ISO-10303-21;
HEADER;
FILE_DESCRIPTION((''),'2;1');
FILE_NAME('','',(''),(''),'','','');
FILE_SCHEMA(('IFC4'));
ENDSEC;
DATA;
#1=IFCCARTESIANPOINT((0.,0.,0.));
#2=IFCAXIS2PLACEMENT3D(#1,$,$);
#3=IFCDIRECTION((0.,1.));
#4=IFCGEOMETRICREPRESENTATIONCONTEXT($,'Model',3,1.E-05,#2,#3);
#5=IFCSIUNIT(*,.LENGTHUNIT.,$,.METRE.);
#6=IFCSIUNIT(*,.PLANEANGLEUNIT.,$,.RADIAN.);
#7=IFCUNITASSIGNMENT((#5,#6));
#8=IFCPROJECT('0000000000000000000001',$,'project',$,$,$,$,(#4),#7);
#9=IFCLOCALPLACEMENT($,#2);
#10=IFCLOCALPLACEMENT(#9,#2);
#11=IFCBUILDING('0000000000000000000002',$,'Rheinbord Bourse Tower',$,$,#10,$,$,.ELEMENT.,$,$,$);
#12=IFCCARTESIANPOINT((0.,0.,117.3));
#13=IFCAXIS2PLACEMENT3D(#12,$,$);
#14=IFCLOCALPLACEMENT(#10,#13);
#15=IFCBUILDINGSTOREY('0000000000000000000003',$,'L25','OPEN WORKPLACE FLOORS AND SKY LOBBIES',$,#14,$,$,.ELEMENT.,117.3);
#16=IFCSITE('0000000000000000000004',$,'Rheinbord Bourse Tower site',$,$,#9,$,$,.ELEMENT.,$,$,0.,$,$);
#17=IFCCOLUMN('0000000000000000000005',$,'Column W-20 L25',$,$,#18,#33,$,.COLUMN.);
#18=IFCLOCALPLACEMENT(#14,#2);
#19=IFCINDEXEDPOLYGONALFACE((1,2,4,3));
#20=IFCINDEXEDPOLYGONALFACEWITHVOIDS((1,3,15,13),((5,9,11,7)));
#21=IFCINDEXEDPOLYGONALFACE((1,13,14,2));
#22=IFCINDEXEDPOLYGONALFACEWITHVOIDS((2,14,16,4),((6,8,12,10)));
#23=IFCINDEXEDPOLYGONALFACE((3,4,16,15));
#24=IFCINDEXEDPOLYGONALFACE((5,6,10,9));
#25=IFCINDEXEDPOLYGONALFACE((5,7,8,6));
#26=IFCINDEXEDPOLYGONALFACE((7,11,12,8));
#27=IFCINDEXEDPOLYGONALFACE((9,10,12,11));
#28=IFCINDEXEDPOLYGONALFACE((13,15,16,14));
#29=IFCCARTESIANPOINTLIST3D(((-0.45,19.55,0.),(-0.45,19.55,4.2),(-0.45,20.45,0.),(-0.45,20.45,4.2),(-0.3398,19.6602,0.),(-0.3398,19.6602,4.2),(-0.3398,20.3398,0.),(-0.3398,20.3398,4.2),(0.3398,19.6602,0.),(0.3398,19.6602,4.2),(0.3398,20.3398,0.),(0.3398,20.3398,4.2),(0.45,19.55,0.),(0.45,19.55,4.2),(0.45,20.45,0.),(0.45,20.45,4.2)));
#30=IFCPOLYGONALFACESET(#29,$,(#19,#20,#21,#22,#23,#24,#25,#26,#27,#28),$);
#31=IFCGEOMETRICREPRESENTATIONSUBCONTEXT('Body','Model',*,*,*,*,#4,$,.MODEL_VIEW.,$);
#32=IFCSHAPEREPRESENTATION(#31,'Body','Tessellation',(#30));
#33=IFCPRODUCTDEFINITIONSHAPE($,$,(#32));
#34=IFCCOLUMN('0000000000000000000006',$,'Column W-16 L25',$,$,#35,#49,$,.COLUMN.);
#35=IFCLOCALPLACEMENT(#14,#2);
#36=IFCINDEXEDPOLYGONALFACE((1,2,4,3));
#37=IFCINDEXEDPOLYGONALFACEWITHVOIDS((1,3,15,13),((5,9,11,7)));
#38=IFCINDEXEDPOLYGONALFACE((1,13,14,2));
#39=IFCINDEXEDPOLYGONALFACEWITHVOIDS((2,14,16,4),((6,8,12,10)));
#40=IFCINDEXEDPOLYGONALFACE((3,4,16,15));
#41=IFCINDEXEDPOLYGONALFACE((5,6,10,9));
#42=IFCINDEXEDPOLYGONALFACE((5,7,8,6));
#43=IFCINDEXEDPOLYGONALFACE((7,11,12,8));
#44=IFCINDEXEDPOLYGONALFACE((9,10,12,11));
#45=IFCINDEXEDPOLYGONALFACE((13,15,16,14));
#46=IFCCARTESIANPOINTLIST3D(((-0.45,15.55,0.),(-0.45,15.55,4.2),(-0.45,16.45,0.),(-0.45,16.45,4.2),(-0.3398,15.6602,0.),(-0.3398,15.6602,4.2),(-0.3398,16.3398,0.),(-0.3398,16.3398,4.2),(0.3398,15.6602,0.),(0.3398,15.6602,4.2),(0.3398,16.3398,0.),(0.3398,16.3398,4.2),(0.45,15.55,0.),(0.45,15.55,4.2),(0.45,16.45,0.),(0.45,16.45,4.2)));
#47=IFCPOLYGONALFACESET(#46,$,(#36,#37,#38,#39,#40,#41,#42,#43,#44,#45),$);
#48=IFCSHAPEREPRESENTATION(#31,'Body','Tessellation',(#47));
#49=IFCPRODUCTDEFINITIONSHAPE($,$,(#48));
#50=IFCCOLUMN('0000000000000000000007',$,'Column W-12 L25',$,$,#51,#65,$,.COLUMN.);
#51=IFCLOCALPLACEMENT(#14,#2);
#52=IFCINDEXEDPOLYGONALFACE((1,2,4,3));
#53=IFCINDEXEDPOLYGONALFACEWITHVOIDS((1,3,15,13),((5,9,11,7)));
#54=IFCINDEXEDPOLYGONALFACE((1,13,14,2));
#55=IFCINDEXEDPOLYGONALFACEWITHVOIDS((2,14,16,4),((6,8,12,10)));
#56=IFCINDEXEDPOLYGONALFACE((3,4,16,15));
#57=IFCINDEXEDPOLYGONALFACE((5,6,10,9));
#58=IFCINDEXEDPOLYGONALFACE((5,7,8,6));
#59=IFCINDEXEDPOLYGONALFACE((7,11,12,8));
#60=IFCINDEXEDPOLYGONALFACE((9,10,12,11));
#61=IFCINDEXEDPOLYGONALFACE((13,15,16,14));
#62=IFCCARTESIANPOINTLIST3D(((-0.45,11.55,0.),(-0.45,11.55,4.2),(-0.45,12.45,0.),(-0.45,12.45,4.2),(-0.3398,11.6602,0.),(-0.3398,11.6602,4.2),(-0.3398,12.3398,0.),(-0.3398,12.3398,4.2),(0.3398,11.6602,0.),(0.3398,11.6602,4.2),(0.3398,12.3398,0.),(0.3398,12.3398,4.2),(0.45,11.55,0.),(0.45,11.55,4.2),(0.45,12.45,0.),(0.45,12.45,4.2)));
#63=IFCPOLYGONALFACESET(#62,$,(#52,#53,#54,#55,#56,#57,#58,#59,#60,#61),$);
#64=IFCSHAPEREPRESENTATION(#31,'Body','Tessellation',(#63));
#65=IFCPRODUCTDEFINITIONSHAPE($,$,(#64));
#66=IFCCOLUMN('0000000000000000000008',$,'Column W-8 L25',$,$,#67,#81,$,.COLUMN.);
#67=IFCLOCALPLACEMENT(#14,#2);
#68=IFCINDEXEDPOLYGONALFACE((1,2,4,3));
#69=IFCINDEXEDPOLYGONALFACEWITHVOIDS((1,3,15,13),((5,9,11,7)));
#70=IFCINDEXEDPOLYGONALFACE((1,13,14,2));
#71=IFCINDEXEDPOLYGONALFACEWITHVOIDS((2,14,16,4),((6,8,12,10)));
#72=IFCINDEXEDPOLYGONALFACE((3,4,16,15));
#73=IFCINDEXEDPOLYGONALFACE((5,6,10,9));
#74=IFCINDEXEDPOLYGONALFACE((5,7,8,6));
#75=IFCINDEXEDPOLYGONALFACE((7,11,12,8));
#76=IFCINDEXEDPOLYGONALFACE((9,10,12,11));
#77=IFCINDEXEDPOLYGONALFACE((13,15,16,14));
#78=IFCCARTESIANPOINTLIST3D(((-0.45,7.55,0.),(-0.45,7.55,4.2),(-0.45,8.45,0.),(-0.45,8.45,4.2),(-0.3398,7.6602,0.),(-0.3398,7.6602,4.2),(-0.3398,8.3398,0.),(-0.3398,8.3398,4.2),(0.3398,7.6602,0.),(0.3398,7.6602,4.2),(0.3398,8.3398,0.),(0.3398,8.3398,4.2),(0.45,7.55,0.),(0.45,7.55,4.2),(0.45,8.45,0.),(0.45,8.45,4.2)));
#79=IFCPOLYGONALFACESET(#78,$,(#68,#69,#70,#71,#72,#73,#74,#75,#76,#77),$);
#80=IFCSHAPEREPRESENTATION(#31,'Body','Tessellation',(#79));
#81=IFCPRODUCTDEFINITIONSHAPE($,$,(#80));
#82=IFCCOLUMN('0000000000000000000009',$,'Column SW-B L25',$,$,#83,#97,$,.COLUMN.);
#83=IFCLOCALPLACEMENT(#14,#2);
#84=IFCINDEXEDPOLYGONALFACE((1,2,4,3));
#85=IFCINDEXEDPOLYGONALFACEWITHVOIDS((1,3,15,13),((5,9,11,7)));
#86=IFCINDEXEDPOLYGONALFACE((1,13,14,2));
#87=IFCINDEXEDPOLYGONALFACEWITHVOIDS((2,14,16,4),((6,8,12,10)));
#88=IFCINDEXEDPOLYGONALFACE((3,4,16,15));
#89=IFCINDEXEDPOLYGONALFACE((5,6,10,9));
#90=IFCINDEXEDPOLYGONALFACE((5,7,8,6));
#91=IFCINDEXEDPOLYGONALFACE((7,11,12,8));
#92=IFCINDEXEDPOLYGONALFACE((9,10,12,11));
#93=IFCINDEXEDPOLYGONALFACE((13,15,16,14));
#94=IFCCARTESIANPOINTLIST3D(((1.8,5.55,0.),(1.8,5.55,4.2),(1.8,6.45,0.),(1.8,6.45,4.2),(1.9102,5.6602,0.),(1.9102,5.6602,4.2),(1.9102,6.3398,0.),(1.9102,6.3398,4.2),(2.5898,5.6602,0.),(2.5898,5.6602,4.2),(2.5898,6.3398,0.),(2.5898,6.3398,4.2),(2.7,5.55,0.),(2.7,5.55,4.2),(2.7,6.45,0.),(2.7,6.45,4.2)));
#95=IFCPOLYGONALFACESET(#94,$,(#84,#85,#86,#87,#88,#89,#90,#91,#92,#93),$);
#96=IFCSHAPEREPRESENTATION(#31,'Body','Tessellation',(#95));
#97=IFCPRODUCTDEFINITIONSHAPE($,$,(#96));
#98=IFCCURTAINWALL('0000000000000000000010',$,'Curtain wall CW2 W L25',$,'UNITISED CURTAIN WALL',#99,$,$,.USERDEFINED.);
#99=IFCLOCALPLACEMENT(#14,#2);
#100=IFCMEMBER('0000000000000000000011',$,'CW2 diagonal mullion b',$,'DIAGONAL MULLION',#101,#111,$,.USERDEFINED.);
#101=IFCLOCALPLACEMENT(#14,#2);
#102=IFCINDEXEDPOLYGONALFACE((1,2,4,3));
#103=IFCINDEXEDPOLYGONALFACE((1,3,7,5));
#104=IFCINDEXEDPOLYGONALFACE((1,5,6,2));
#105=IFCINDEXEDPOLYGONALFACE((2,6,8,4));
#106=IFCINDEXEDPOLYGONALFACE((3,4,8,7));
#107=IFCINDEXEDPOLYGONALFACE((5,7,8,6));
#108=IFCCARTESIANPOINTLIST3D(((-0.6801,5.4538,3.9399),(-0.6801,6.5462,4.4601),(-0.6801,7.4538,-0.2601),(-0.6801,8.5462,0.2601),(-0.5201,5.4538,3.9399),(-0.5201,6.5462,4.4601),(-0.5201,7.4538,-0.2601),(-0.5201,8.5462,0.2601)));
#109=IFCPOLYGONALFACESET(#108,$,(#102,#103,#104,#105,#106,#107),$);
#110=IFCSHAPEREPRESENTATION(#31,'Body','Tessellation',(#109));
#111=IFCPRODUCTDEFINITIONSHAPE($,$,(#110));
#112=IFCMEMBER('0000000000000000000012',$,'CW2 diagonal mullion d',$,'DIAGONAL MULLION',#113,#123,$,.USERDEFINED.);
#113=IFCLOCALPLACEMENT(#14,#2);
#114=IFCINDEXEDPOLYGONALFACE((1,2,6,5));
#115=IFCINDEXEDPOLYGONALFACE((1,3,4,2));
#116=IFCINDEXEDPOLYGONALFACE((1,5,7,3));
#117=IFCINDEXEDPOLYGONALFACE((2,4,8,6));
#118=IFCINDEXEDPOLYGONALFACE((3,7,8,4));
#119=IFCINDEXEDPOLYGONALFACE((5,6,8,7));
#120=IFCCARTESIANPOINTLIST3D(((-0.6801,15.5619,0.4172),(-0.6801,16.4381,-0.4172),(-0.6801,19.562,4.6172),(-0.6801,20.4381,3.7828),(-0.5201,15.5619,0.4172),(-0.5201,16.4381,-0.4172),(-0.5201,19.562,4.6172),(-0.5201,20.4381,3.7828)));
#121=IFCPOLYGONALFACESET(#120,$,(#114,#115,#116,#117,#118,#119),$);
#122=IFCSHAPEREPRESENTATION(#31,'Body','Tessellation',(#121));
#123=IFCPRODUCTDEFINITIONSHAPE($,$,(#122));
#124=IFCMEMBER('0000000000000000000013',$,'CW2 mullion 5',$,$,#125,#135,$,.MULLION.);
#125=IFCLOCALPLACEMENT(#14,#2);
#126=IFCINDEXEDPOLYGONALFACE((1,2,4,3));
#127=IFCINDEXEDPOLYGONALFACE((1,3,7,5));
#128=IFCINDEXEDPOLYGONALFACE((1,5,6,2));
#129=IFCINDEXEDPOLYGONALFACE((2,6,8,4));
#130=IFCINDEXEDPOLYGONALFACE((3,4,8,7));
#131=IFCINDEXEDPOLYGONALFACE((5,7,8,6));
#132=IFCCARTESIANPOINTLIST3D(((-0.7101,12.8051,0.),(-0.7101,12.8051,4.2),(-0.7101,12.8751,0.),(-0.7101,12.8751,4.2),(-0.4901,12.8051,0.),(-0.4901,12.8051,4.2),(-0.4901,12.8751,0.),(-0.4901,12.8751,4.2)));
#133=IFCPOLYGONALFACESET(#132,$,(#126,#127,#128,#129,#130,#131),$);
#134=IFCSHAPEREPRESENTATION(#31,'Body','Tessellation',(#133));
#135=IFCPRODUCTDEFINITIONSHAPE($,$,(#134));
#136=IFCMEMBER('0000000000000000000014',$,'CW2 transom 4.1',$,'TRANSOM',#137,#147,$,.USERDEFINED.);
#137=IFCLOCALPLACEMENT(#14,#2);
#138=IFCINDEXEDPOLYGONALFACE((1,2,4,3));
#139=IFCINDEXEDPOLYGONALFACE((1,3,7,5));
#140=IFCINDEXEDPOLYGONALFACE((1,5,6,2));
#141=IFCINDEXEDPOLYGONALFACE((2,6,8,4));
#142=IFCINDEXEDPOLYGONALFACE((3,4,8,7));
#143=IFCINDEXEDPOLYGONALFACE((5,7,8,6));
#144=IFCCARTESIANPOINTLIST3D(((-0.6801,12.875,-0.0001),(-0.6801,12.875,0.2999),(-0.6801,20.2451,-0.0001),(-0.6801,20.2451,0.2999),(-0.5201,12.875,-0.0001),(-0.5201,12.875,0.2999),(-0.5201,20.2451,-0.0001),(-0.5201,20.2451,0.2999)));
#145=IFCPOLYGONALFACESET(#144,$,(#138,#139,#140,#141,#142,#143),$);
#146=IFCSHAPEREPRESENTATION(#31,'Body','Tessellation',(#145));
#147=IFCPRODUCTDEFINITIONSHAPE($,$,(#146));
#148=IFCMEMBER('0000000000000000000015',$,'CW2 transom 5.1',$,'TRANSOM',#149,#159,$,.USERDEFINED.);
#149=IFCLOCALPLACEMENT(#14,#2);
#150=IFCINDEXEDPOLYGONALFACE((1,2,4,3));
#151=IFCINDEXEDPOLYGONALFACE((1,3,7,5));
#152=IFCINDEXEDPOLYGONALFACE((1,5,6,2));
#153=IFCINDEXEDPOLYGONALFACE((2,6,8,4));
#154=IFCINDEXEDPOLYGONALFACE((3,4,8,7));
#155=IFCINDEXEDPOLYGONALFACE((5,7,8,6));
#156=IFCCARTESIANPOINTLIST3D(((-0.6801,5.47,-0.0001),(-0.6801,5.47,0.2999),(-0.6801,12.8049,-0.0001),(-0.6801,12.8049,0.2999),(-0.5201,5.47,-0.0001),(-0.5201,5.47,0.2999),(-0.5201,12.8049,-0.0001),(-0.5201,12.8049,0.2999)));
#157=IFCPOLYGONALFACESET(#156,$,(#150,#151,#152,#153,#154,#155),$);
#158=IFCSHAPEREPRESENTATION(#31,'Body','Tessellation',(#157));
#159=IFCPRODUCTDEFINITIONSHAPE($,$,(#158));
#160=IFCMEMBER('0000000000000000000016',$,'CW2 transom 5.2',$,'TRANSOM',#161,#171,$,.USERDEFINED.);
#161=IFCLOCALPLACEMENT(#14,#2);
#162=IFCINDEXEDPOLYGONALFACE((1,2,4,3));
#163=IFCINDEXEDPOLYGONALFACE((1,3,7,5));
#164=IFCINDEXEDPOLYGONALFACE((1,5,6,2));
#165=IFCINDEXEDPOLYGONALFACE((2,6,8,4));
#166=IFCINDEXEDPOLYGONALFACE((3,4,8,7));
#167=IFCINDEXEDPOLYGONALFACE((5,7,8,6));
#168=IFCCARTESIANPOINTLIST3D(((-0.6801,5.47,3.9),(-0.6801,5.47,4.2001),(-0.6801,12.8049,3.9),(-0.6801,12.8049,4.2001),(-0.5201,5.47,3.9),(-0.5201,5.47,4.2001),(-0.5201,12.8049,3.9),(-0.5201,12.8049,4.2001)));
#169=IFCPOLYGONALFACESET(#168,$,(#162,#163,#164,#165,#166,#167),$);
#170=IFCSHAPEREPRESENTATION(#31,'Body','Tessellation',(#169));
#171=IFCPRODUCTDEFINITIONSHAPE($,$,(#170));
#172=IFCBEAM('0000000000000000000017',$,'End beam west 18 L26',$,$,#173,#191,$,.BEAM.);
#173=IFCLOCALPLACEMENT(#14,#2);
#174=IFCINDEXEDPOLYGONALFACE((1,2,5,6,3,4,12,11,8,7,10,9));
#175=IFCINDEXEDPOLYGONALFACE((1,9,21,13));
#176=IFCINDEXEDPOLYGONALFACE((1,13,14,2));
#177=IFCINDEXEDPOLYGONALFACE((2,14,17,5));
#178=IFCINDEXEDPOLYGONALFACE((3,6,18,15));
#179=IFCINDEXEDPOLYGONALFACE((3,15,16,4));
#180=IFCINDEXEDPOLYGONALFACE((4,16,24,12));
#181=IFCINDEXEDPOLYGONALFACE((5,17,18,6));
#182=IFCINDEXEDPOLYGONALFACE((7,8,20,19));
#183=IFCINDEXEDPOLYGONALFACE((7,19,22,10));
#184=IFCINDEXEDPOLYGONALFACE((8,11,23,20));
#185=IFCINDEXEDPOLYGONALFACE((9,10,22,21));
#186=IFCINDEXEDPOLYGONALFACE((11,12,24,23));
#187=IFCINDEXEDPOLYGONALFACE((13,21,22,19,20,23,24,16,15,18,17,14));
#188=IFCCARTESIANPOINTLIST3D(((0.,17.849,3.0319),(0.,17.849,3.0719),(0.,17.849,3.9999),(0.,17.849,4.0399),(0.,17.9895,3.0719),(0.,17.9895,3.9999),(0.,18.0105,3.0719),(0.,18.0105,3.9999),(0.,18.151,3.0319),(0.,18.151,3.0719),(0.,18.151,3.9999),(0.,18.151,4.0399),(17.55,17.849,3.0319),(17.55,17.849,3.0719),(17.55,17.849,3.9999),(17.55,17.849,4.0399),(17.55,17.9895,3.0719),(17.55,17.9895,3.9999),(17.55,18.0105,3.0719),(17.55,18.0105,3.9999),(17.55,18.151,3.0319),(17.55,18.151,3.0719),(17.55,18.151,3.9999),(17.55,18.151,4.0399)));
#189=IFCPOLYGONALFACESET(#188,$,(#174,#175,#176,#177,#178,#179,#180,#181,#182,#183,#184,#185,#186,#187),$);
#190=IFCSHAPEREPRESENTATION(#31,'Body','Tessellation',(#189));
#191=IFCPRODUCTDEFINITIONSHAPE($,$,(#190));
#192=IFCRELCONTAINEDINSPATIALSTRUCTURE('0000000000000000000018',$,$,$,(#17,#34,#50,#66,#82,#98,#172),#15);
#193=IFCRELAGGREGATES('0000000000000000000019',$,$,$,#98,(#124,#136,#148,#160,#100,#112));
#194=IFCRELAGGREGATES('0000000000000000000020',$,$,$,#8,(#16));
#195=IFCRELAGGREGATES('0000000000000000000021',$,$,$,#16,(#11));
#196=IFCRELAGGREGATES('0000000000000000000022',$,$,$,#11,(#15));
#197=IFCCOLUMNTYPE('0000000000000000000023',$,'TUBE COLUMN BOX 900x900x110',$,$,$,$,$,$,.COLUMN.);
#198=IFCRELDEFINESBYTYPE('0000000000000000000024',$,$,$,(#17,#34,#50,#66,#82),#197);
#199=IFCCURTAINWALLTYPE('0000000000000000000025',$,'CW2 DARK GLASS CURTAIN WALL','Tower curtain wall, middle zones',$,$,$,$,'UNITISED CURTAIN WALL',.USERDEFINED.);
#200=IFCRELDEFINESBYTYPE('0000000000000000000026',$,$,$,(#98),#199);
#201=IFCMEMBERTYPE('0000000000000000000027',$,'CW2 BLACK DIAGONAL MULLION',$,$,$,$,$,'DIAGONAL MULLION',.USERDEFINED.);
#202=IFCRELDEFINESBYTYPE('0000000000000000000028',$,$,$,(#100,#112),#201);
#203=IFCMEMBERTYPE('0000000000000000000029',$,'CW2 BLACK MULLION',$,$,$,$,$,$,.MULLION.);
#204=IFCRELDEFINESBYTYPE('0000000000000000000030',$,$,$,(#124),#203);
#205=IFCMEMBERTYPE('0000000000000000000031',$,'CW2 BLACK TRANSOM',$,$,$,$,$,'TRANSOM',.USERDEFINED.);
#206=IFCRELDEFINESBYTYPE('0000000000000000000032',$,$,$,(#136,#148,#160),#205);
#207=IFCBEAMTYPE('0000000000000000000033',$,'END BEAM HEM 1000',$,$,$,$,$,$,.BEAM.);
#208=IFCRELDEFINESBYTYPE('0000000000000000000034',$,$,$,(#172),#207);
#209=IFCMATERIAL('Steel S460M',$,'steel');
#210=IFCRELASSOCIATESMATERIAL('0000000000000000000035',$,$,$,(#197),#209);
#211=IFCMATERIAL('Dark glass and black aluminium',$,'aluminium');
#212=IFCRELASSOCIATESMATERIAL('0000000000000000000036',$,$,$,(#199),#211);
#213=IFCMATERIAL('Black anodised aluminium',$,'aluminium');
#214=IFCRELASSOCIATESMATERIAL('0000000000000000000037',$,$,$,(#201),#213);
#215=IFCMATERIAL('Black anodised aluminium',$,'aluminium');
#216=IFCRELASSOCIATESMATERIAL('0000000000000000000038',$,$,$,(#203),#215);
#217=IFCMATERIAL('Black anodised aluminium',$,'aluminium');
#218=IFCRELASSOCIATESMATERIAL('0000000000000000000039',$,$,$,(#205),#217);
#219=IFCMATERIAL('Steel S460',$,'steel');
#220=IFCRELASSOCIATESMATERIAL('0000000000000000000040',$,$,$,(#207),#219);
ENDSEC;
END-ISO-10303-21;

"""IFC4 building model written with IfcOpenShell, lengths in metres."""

from ifc_helpers import new_model, si_unit, direction, frame, origin, origin_2d, place, context, subcontext, project, spatial, rectangle, hollow_rectangle, i_section, extrude, material, material_profile, profile_set, type_object, element, aggregate, save


model = new_model("IFC4")

# Units and contexts
model_context = context("Model", 3, precision=1e-05, world=origin(), true_north=direction((0.0, 1.0)))
body_context = subcontext(model_context, "Body", "Model", "MODEL_VIEW")
ifc_project = project(units=[si_unit("LENGTHUNIT", "METRE"), si_unit("PLANEANGLEUNIT", "RADIAN")], contexts=[model_context])

# Site, building, storey
site_placement = place(None, origin())
site = spatial("IfcSite", under=ifc_project, at=site_placement, Name="Rheinbord Bourse Tower site", CompositionType="ELEMENT", RefElevation=0.0)
building_placement = place(site_placement, origin())
building = spatial("IfcBuilding", under=site, at=building_placement, Name="Rheinbord Bourse Tower", CompositionType="ELEMENT")
storey_placement = place(building_placement, frame((0.0, 0.0, 117.3)))
storey = spatial("IfcBuildingStorey", under=building, at=storey_placement, Name="L25", Description="OPEN WORKPLACE FLOORS AND SKY LOBBIES", CompositionType="ELEMENT", Elevation=117.3)

# Columns
ifc_material_1 = material(Name="Steel S460M", Category="steel")
ifc_material_profile_1 = material_profile(ifc_material_1, hollow_rectangle(XDim=0.8999, YDim=0.8999, WallThickness=0.1101, at=origin_2d()), Name="BOX 900x900x110")
ifc_profile_set_1 = profile_set([ifc_material_profile_1], Name="Steel S460M")
column_type = type_object("IfcColumnType", Name="TUBE COLUMN BOX 900x900x110", PredefinedType="COLUMN", material=ifc_profile_set_1)
for number, where, z_axis, x_axis, name in (
    (1, (0.0, 20.0, 0.0), (0.0, 0.0, 1.0), (1.0, 0.0, 0.0), "Column W-20 L25"),
    (2, (0.0, 16.0, 0.0), (0.0, 0.0, 1.0), (1.0, 0.0, 0.0), "Column W-16 L25"),
    (3, (0.0, 12.0, 0.0), (0.0, 0.0, 1.0), (1.0, 0.0, 0.0), "Column W-12 L25"),
    (4, (0.0, 8.0, 0.0), (0.0, 0.0, 1.0), (1.0, 0.0, 0.0), "Column W-8 L25"),
    (5, (2.25, 6.0, 0.0), (0.0, 0.0, 1.0), (1.0, 0.0, 0.0), "Column SW-B L25"),
):
    element("IfcColumn", number, at=place(storey_placement, frame(where, z_axis=z_axis, x_axis=x_axis)), inside=storey, type_object=column_type, Name=name, PredefinedType="COLUMN", context=body_context, shape_type="SweptSolid", body=[
        extrude(hollow_rectangle(XDim=0.8999, YDim=0.8999, WallThickness=0.1101, at=origin_2d()), origin(), (0.0, 0.0, 1.0), 4.2),
    ])

# Curtain wall, members
ifc_material_2 = material(Name="Dark glass and black aluminium", Category="aluminium")
curtain_wall_type = type_object("IfcCurtainWallType", Name="CW2 DARK GLASS CURTAIN WALL", Description="Tower curtain wall, middle zones", ElementType="UNITISED CURTAIN WALL", PredefinedType="USERDEFINED", material=ifc_material_2)
curtain_wall_placement = place(storey_placement, origin())
curtain_wall = element("IfcCurtainWall", 6, at=curtain_wall_placement, inside=storey, type_object=curtain_wall_type, Name="Curtain wall CW2 W L25", ObjectType="UNITISED CURTAIN WALL", PredefinedType="USERDEFINED")
ifc_material_3 = material(Name="Black anodised aluminium", Category="aluminium")
ifc_material_profile_2 = material_profile(ifc_material_3, rectangle(XDim=0.1599, YDim=1.21, at=origin_2d()), Name="CW2 DIAGONAL MULLION 1210x160")
ifc_profile_set_2 = profile_set([ifc_material_profile_2], Name="Black anodised aluminium")
member_type_1 = type_object("IfcMemberType", Name="CW2 BLACK DIAGONAL MULLION", ElementType="DIAGONAL MULLION", PredefinedType="USERDEFINED", material=ifc_profile_set_2)
member_1_placement = place(storey_placement, frame((-0.6001, 8.0, 0.0), z_axis=(0.0, -0.429938, 0.902859), x_axis=(1.0, 0.0, 0.0)))
member_1 = element("IfcMember", 7, at=member_1_placement, type_object=member_type_1, Name="CW2 diagonal mullion b", ObjectType="DIAGONAL MULLION", PredefinedType="USERDEFINED", context=body_context, shape_type="SweptSolid", body=[
    extrude(rectangle(XDim=0.1599, YDim=1.21, at=origin_2d()), origin(), (0.0, 0.0, 1.0), 4.6519),
])
member_2_placement = place(storey_placement, frame((-0.6001, 16.0, 0.0), z_axis=(0.0, 0.689659, 0.724134), x_axis=(-1.0, 0.0, 0.0)))
member_2 = element("IfcMember", 8, at=member_2_placement, type_object=member_type_1, Name="CW2 diagonal mullion d", ObjectType="DIAGONAL MULLION", PredefinedType="USERDEFINED", context=body_context, shape_type="SweptSolid", body=[
    extrude(rectangle(XDim=0.1599, YDim=1.21, at=origin_2d()), origin(), (0.0, 0.0, 1.0), 5.8),
])
ifc_material_4 = material(Name="Black anodised aluminium", Category="aluminium")
ifc_material_profile_3 = material_profile(ifc_material_4, rectangle(XDim=0.22, YDim=0.0701, at=origin_2d()), Name="CW2 MULLION 70x220")
ifc_profile_set_3 = profile_set([ifc_material_profile_3], Name="Black anodised aluminium")
member_type_2 = type_object("IfcMemberType", Name="CW2 BLACK MULLION", PredefinedType="MULLION", material=ifc_profile_set_3)
member_3_placement = place(storey_placement, frame((-0.6001, 12.8401, 0.0), z_axis=(0.0, 0.0, 1.0), x_axis=(1.0, 0.0, 0.0)))
member_3 = element("IfcMember", 9, at=member_3_placement, type_object=member_type_2, Name="CW2 mullion 5", PredefinedType="MULLION", context=body_context, shape_type="SweptSolid", body=[
    extrude(rectangle(XDim=0.22, YDim=0.0701, at=origin_2d()), origin(), (0.0, 0.0, 1.0), 4.2),
])
ifc_material_5 = material(Name="Black anodised aluminium", Category="aluminium")
ifc_material_profile_4 = material_profile(ifc_material_5, rectangle(XDim=0.1599, YDim=0.3, at=origin_2d()), Name="CW2 TRANSOM 300x160")
ifc_profile_set_4 = profile_set([ifc_material_profile_4], Name="Black anodised aluminium")
member_type_3 = type_object("IfcMemberType", Name="CW2 BLACK TRANSOM", ElementType="TRANSOM", PredefinedType="USERDEFINED", material=ifc_profile_set_4)
member_4_placement = place(storey_placement, frame((-0.6001, 20.2451, 0.1499), z_axis=(0.0, -1.0, 0.0), x_axis=(1.0, 0.0, 0.0)))
member_4 = element("IfcMember", 10, at=member_4_placement, type_object=member_type_3, Name="CW2 transom 4.1", ObjectType="TRANSOM", PredefinedType="USERDEFINED", context=body_context, shape_type="SweptSolid", body=[
    extrude(rectangle(XDim=0.1599, YDim=0.3, at=origin_2d()), origin(), (0.0, 0.0, 1.0), 7.3701),
])
member_5_placement = place(storey_placement, frame((-0.6001, 12.8049, 0.1499), z_axis=(0.0, -1.0, 0.0), x_axis=(1.0, 0.0, 0.0)))
member_5 = element("IfcMember", 11, at=member_5_placement, type_object=member_type_3, Name="CW2 transom 5.1", ObjectType="TRANSOM", PredefinedType="USERDEFINED", context=body_context, shape_type="SweptSolid", body=[
    extrude(rectangle(XDim=0.1599, YDim=0.3, at=origin_2d()), origin(), (0.0, 0.0, 1.0), 7.335),
])
member_6_placement = place(storey_placement, frame((-0.6001, 12.8049, 4.05), z_axis=(0.0, -1.0, 0.0), x_axis=(1.0, 0.0, 0.0)))
member_6 = element("IfcMember", 12, at=member_6_placement, type_object=member_type_3, Name="CW2 transom 5.2", ObjectType="TRANSOM", PredefinedType="USERDEFINED", context=body_context, shape_type="SweptSolid", body=[
    extrude(rectangle(XDim=0.1599, YDim=0.3, at=origin_2d()), origin(), (0.0, 0.0, 1.0), 7.335),
])

# Beam
ifc_material_6 = material(Name="Steel S460", Category="steel")
ifc_material_profile_5 = material_profile(ifc_material_6, i_section(OverallWidth=0.302, OverallDepth=1.0081, WebThickness=0.021, FlangeThickness=0.04, at=origin_2d()), Name="HEM 1000")
ifc_profile_set_5 = profile_set([ifc_material_profile_5], Name="Steel S460")
beam_type_1 = type_object("IfcBeamType", Name="END BEAM HEM 1000", PredefinedType="BEAM", material=ifc_profile_set_5)
beam_1_placement = place(storey_placement, frame((0.0, 18.0, 3.5359), z_axis=(1.0, 0.0, 0.0), x_axis=(0.0, 1.0, 0.0)))
element("IfcBeam", 13, at=beam_1_placement, inside=storey, type_object=beam_type_1, Name="End beam west 18 L26", PredefinedType="BEAM", context=body_context, shape_type="SweptSolid", body=[
    extrude(i_section(OverallWidth=0.302, OverallDepth=1.0081, WebThickness=0.021, FlangeThickness=0.04, at=origin_2d()), origin(), (0.0, 0.0, 1.0), 17.55),
])

aggregate(curtain_wall, [member_3, member_4, member_5, member_6, member_1, member_2])

save(model, "model.ifc")
